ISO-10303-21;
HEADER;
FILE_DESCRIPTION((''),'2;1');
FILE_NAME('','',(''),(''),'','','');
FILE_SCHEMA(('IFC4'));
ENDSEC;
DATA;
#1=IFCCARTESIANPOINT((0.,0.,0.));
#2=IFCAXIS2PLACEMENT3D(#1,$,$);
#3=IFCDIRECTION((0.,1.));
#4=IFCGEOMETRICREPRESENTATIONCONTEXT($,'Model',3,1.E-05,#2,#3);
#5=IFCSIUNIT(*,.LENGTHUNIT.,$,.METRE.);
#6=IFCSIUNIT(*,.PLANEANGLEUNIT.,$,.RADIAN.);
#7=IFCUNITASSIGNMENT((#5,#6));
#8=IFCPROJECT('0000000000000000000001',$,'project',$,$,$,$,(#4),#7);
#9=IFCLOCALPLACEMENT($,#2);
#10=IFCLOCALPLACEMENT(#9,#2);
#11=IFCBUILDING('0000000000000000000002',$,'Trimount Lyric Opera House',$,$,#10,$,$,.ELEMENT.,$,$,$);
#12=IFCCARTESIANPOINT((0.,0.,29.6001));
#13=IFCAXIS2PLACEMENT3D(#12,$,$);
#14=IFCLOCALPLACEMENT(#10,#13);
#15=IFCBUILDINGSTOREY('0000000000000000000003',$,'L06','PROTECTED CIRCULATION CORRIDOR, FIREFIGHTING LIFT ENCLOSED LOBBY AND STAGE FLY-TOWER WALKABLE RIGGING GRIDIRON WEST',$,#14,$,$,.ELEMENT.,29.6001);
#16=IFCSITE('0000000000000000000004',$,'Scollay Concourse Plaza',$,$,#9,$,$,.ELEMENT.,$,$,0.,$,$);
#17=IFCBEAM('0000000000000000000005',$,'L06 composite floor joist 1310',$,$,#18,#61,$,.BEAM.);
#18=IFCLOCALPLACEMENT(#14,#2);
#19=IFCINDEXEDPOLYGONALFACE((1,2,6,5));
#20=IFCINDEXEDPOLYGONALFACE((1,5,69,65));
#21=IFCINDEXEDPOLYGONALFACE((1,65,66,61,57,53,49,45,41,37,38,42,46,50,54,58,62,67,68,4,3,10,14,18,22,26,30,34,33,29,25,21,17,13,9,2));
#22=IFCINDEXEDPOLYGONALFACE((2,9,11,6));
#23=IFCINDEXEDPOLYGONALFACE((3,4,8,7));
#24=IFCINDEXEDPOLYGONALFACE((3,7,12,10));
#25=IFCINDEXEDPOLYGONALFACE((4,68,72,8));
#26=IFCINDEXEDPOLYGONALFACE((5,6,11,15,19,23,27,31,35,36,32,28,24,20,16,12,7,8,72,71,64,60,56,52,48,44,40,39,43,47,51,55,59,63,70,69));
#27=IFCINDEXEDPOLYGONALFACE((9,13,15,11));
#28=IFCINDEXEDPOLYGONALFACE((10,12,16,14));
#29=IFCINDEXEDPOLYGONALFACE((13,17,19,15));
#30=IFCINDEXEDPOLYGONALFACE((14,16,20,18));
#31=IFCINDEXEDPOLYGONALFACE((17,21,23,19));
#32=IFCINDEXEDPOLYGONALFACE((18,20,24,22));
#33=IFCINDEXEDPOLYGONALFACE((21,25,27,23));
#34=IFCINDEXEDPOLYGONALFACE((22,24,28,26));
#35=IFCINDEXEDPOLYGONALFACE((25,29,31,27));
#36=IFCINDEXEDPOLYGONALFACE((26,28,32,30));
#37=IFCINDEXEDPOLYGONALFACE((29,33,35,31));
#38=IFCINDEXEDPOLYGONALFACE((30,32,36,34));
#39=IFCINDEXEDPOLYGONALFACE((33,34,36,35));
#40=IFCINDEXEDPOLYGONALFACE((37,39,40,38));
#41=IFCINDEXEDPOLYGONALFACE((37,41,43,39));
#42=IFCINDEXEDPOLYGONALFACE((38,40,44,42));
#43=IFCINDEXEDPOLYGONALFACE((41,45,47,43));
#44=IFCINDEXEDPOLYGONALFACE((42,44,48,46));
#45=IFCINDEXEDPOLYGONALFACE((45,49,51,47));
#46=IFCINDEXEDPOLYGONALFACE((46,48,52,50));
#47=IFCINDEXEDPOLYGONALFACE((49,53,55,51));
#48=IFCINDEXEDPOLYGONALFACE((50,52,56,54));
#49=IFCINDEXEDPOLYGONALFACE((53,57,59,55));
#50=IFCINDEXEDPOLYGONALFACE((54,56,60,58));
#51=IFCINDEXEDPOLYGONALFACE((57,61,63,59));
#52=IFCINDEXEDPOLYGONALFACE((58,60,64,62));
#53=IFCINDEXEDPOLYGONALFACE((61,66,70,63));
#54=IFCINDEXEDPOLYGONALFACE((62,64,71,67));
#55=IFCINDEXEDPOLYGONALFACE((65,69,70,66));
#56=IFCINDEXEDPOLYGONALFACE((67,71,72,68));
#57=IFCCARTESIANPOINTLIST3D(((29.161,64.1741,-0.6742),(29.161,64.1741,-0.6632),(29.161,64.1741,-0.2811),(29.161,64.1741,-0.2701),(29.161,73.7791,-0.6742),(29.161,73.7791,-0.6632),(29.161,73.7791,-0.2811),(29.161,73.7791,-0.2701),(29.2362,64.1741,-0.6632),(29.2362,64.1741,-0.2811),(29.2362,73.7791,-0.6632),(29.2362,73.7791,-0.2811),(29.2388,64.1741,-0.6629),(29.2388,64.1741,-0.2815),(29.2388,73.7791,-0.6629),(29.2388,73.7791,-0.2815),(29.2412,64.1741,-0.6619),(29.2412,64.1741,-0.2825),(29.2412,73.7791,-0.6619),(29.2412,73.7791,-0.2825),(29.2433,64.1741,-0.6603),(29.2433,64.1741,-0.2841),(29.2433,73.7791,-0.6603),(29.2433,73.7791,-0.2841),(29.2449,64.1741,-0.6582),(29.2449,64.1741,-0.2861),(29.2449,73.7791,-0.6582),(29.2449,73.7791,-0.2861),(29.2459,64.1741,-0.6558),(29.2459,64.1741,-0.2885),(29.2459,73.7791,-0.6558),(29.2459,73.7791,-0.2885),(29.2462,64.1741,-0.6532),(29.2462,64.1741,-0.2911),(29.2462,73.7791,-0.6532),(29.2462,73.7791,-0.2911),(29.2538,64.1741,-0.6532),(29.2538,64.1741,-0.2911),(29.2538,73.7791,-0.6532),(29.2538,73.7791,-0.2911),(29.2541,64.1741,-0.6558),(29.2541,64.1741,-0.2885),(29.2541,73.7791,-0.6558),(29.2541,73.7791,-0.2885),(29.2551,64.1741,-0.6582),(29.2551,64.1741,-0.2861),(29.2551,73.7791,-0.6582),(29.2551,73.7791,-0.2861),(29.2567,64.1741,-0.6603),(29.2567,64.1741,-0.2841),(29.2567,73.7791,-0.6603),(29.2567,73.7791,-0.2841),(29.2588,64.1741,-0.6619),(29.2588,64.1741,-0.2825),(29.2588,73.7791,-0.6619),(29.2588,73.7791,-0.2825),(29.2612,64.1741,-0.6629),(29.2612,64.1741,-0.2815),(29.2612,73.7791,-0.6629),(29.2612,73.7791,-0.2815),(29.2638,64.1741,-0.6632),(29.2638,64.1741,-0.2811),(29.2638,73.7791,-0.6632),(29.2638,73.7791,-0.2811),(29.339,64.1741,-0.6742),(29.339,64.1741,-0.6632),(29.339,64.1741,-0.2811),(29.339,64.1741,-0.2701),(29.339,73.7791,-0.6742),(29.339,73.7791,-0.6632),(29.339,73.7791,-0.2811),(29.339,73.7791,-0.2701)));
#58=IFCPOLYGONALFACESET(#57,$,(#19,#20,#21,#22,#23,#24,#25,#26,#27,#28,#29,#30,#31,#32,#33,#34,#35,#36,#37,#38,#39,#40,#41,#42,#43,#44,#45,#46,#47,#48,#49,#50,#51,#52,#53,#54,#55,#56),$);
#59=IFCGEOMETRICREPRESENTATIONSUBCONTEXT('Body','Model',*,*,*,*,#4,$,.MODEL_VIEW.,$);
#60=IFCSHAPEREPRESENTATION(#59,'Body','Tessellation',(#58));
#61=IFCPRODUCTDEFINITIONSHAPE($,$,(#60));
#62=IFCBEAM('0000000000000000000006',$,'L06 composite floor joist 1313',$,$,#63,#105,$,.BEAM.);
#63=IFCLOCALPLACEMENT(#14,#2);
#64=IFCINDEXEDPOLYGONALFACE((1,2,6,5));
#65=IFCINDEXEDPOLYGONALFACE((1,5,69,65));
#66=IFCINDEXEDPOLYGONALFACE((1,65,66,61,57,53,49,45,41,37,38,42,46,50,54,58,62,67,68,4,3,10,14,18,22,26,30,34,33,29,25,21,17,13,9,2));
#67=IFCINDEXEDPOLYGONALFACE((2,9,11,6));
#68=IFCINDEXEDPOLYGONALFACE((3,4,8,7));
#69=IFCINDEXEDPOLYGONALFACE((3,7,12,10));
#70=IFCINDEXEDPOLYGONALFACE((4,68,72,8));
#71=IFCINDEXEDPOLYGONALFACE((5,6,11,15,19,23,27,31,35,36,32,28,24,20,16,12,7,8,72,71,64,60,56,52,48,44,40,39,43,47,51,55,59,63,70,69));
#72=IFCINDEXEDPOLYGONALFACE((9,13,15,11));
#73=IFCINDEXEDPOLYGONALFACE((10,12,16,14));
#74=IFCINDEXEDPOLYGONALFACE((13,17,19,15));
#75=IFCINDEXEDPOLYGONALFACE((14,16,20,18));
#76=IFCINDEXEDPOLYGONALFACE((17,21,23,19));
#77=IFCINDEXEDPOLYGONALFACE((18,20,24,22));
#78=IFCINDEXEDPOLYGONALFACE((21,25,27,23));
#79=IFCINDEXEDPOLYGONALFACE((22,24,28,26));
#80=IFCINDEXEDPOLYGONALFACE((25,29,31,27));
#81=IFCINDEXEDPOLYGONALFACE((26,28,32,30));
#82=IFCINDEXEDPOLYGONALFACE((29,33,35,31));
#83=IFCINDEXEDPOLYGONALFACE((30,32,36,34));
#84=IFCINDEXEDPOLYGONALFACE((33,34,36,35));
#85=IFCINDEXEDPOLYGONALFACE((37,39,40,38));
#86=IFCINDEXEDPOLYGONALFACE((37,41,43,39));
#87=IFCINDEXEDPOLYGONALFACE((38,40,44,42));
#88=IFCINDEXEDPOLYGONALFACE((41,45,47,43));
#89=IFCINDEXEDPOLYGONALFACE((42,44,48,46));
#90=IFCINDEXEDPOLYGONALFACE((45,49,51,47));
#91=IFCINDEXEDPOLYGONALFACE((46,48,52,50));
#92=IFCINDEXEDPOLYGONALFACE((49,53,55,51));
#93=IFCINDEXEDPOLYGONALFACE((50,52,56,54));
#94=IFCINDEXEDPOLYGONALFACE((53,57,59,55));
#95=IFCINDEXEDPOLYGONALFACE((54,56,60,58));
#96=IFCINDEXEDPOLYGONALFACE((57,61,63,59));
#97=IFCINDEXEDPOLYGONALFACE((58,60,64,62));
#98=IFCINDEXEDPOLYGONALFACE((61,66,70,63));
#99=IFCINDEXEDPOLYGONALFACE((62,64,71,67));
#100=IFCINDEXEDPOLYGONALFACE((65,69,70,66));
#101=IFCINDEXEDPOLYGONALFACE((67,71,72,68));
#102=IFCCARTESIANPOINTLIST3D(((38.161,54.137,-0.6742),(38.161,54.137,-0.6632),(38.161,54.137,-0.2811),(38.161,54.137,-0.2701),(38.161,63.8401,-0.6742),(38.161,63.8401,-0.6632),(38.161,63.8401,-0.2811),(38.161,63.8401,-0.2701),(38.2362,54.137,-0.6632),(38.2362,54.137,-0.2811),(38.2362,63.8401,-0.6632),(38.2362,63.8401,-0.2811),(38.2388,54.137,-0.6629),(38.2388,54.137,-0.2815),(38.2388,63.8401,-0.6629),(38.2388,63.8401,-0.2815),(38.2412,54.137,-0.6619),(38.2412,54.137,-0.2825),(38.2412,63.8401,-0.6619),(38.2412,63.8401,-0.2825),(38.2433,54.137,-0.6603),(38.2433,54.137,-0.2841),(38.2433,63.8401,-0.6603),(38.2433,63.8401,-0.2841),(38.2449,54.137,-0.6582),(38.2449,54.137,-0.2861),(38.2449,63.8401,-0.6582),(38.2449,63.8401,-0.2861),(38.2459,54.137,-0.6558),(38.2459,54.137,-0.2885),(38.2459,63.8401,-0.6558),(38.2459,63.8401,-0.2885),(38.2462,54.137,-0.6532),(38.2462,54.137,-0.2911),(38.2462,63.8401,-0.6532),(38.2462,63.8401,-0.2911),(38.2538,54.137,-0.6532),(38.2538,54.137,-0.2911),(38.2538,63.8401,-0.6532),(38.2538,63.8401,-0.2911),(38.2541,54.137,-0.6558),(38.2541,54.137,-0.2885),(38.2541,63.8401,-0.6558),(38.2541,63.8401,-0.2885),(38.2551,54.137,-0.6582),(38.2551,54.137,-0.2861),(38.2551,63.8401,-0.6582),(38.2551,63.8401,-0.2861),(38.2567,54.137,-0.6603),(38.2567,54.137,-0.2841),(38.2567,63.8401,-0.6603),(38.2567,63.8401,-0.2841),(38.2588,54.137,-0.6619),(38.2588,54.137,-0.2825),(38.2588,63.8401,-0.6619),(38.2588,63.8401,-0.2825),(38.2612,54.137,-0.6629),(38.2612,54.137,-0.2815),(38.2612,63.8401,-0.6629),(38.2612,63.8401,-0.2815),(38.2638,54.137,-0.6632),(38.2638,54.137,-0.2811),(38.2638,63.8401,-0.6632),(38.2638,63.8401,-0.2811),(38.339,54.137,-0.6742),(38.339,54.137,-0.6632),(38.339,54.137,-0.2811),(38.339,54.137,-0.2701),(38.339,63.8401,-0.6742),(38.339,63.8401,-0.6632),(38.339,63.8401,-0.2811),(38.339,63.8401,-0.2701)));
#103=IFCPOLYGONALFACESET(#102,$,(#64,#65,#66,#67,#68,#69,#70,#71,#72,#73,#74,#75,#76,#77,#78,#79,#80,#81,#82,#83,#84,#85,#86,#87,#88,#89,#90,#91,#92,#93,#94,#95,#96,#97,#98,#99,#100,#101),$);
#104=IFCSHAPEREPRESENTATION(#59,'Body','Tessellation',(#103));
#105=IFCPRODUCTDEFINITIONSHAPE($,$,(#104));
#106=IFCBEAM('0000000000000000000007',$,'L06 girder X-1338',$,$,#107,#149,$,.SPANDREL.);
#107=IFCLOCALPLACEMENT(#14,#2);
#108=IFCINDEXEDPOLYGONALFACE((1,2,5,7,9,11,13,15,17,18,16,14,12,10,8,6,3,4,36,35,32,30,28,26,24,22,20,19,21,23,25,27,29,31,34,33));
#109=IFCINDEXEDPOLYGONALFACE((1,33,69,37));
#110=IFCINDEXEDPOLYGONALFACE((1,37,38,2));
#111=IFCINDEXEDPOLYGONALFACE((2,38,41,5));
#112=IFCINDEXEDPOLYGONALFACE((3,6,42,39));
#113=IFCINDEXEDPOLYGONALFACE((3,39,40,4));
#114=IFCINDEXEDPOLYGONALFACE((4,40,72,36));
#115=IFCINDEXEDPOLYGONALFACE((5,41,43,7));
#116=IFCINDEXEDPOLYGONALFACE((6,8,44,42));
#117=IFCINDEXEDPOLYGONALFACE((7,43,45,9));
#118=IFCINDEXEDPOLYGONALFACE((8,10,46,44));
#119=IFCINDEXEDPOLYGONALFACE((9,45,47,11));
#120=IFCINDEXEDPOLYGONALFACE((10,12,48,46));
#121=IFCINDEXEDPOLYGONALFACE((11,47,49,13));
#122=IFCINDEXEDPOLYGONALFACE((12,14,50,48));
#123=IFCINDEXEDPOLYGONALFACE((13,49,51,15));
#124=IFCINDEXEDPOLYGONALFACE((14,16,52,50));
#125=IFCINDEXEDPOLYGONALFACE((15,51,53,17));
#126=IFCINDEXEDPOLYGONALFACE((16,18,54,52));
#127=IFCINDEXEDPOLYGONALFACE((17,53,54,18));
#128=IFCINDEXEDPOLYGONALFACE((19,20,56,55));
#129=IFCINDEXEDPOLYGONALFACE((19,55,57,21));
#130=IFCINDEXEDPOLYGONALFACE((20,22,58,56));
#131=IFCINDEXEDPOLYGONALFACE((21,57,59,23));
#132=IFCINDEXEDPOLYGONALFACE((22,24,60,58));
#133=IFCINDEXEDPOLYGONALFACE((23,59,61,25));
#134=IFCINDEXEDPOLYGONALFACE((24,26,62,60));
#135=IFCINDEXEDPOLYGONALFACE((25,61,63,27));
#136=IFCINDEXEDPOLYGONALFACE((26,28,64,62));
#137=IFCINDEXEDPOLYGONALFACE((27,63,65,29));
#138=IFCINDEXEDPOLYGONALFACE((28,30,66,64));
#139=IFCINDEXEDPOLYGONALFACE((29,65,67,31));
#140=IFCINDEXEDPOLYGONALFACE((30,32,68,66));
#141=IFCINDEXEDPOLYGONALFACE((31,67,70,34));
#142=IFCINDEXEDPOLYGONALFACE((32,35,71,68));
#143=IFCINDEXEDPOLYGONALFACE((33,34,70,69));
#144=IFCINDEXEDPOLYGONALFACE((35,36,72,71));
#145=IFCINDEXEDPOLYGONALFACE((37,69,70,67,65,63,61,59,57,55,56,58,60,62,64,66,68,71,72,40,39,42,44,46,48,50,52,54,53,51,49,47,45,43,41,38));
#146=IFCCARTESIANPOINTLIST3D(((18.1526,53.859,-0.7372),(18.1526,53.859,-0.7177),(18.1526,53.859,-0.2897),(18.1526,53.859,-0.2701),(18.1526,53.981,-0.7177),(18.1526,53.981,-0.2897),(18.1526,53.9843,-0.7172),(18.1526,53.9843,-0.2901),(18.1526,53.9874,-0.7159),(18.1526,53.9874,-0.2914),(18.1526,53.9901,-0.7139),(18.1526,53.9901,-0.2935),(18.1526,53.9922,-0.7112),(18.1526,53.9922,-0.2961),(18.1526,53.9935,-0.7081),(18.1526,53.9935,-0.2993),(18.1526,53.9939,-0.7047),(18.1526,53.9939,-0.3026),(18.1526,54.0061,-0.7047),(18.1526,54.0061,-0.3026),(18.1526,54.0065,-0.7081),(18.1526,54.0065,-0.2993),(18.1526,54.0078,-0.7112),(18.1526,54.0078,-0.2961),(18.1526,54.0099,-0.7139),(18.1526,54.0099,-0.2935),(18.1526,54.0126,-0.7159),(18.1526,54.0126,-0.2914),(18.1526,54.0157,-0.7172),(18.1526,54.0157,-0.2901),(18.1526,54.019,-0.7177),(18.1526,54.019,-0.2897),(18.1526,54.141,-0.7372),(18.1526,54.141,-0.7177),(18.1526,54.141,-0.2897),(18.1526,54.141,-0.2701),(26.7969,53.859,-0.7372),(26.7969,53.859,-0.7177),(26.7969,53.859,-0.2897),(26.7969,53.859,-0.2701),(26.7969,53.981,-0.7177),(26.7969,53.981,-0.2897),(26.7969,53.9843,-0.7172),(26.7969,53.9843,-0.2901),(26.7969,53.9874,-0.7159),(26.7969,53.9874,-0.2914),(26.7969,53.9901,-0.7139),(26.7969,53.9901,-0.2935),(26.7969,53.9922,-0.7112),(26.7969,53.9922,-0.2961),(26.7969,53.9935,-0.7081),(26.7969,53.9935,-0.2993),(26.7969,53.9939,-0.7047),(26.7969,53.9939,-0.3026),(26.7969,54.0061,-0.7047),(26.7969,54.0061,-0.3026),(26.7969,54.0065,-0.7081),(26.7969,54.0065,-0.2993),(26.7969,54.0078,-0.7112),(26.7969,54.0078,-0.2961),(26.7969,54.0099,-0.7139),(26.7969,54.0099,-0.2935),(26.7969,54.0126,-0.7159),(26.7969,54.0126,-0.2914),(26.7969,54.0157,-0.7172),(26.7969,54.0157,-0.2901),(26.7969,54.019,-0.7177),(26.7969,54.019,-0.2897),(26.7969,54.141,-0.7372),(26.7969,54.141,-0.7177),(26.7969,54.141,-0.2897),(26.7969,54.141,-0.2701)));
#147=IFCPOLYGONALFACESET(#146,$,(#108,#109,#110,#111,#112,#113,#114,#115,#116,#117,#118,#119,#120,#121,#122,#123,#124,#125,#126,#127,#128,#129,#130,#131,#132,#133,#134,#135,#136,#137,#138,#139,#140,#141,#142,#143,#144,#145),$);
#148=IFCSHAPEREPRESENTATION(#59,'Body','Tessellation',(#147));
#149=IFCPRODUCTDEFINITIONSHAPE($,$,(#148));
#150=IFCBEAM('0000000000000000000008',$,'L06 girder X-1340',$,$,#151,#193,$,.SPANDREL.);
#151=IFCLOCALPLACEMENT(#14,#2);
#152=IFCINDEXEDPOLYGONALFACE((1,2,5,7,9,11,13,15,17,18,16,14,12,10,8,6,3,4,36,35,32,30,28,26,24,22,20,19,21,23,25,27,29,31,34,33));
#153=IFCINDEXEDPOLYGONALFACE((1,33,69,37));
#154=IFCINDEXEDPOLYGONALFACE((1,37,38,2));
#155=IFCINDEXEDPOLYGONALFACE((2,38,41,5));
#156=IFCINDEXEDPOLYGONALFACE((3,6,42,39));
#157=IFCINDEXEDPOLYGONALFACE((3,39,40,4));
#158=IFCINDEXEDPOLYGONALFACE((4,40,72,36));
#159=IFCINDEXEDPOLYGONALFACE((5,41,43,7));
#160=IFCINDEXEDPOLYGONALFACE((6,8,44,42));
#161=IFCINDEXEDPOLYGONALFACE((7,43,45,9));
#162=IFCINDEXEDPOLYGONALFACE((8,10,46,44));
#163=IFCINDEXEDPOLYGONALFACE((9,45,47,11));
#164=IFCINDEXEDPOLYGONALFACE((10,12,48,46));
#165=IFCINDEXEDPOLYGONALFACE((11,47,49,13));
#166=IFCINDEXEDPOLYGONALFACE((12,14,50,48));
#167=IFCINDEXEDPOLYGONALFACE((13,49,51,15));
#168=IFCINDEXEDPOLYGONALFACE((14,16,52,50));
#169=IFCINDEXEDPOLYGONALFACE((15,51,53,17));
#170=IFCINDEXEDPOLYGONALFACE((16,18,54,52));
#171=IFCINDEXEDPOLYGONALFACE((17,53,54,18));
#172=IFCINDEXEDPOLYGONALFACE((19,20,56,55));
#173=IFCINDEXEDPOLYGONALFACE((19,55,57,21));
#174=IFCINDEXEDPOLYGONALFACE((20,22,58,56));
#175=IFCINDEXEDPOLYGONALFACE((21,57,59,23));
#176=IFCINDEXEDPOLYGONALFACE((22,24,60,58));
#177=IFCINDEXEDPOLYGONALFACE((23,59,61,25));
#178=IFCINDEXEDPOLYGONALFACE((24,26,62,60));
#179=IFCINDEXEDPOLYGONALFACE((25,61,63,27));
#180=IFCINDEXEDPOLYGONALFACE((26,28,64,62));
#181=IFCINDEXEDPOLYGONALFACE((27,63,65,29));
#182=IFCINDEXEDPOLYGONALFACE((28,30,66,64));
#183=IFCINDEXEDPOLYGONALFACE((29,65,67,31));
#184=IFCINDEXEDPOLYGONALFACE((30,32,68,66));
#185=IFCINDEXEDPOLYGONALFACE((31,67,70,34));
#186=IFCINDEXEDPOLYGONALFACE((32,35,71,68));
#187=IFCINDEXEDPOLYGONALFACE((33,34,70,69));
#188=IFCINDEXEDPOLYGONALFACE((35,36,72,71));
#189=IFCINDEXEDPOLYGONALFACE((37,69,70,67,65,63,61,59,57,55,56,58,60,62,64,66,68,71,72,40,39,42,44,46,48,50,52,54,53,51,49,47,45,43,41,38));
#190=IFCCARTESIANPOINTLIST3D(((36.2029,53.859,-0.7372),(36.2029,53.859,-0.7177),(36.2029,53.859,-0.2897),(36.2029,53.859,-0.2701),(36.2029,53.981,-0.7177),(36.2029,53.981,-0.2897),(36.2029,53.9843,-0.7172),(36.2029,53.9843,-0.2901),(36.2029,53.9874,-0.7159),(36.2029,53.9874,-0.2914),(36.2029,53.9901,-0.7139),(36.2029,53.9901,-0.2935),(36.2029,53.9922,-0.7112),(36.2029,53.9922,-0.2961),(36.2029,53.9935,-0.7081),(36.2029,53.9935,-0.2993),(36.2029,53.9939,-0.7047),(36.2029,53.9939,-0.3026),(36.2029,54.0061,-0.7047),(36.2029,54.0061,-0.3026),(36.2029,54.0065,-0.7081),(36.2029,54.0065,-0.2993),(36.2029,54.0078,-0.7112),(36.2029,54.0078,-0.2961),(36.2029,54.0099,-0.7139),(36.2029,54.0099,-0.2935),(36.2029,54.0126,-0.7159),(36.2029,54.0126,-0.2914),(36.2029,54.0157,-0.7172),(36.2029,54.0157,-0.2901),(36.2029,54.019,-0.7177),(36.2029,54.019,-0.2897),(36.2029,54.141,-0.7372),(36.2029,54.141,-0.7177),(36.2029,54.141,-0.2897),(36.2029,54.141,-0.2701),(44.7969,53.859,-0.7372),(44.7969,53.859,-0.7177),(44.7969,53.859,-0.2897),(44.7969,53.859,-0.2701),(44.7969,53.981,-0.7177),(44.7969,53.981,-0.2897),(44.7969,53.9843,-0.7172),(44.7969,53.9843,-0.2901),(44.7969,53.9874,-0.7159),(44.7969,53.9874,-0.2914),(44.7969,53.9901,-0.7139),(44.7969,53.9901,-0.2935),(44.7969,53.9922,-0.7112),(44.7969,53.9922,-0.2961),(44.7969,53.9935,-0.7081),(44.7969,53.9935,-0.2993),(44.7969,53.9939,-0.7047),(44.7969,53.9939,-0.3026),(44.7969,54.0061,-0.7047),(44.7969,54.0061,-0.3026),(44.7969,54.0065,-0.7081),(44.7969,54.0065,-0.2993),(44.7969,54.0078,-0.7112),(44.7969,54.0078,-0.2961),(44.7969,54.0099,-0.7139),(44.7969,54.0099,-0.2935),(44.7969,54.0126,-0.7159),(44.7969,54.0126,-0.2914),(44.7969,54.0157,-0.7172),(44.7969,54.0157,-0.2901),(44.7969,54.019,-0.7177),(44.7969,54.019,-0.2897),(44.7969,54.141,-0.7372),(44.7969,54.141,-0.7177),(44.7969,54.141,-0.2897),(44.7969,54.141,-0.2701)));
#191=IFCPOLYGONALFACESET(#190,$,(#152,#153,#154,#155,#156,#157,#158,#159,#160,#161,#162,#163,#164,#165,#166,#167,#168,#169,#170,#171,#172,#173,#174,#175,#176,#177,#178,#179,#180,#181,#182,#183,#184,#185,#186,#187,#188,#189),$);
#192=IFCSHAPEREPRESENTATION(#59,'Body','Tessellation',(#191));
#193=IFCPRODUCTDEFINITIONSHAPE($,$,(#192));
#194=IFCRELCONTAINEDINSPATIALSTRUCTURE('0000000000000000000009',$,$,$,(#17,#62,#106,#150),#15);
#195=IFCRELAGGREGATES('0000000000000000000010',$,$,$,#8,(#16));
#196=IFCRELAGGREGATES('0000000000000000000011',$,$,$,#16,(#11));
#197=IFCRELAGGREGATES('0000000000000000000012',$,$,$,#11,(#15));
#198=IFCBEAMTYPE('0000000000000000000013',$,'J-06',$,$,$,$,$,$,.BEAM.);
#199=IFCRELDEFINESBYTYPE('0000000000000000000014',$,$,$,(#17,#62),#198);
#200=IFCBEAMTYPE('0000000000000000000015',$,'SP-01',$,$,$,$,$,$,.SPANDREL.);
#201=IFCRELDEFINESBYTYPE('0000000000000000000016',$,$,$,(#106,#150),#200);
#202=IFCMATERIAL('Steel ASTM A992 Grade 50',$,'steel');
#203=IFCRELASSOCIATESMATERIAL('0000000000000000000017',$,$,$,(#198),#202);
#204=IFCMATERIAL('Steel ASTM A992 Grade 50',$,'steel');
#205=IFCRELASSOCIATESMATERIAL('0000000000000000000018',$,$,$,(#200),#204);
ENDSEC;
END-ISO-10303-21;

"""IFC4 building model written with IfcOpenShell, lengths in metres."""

from ifc_helpers import new_model, si_unit, direction, frame, origin, origin_2d, place, context, subcontext, project, spatial, i_section, extrude, material, material_profile, profile_set, type_object, element, save


model = new_model("IFC4")

# Units and contexts
model_context = context("Model", 3, precision=1e-05, world=origin(), true_north=direction((0.0, 1.0)))
body_context = subcontext(model_context, "Body", "Model", "MODEL_VIEW")
ifc_project = project(units=[si_unit("LENGTHUNIT", "METRE"), si_unit("PLANEANGLEUNIT", "RADIAN")], contexts=[model_context])

# Site, building, storey
site_placement = place(None, origin())
site = spatial("IfcSite", under=ifc_project, at=site_placement, Name="Scollay Concourse Plaza", CompositionType="ELEMENT", RefElevation=0.0)
building_placement = place(site_placement, origin())
building = spatial("IfcBuilding", under=site, at=building_placement, Name="Trimount Lyric Opera House", CompositionType="ELEMENT")
storey_placement = place(building_placement, frame((0.0, 0.0, 29.6001)))
storey = spatial("IfcBuildingStorey", under=building, at=storey_placement, Name="L06", Description="PROTECTED CIRCULATION CORRIDOR, FIREFIGHTING LIFT ENCLOSED LOBBY AND STAGE FLY-TOWER WALKABLE RIGGING GRIDIRON WEST", CompositionType="ELEMENT", Elevation=29.6001)

# Beams
ifc_material_1 = material(Name="Steel ASTM A992 Grade 50", Category="steel")
ifc_material_profile_1 = material_profile(ifc_material_1, i_section(OverallWidth=0.178, OverallDepth=0.4041, WebThickness=0.0076, FlangeThickness=0.011, FilletRadius=0.01, at=origin_2d()), Name="W16X36")
ifc_profile_set_1 = profile_set([ifc_material_profile_1], Name="Steel ASTM A992 Grade 50")
beam_type_1 = type_object("IfcBeamType", Name="J-06", PredefinedType="BEAM", material=ifc_profile_set_1)
for number, where, z_axis, x_axis, name in (
    (1, (29.25, 64.1741, -0.4722), (0.0, 1.0, 0.0), (-1.0, 0.0, 0.0), "L06 composite floor joist 1310"),
):
    element("IfcBeam", number, at=place(storey_placement, frame(where, z_axis=z_axis, x_axis=x_axis)), inside=storey, type_object=beam_type_1, Name=name, PredefinedType="BEAM", context=body_context, shape_type="SweptSolid", body=[
        extrude(i_section(OverallWidth=0.178, OverallDepth=0.4041, WebThickness=0.0076, FlangeThickness=0.011, FilletRadius=0.01, at=origin_2d()), origin(), (0.0, 0.0, 1.0), 9.605),
    ])
beam_1_placement = place(storey_placement, frame((38.25, 54.137, -0.4722), z_axis=(0.0, 1.0, 0.0), x_axis=(-1.0, 0.0, 0.0)))
element("IfcBeam", 2, at=beam_1_placement, inside=storey, type_object=beam_type_1, Name="L06 composite floor joist 1313", PredefinedType="BEAM", context=body_context, shape_type="SweptSolid", body=[
    extrude(i_section(OverallWidth=0.178, OverallDepth=0.4041, WebThickness=0.0076, FlangeThickness=0.011, FilletRadius=0.01, at=origin_2d()), origin(), (0.0, 0.0, 1.0), 9.7031),
])
ifc_material_2 = material(Name="Steel ASTM A992 Grade 50", Category="steel")
ifc_material_profile_2 = material_profile(ifc_material_2, i_section(OverallWidth=0.282, OverallDepth=0.467, WebThickness=0.0122, FlangeThickness=0.0195, FilletRadius=0.0129, at=origin_2d()), Name="W18X86")
ifc_profile_set_2 = profile_set([ifc_material_profile_2], Name="Steel ASTM A992 Grade 50")
beam_type_2 = type_object("IfcBeamType", Name="SP-01", PredefinedType="SPANDREL", material=ifc_profile_set_2)
beam_2_placement = place(storey_placement, frame((18.1526, 54.0, -0.5037), z_axis=(1.0, 0.0, 0.0), x_axis=(0.0, 1.0, 0.0)))
element("IfcBeam", 3, at=beam_2_placement, inside=storey, type_object=beam_type_2, Name="L06 girder X-1338", PredefinedType="SPANDREL", context=body_context, shape_type="SweptSolid", body=[
    extrude(i_section(OverallWidth=0.282, OverallDepth=0.467, WebThickness=0.0122, FlangeThickness=0.0195, FilletRadius=0.0129, at=origin_2d()), origin(), (0.0, 0.0, 1.0), 8.6443),
])
beam_3_placement = place(storey_placement, frame((36.2029, 54.0, -0.5037), z_axis=(1.0, 0.0, 0.0), x_axis=(0.0, 1.0, 0.0)))
element("IfcBeam", 4, at=beam_3_placement, inside=storey, type_object=beam_type_2, Name="L06 girder X-1340", PredefinedType="SPANDREL", context=body_context, shape_type="SweptSolid", body=[
    extrude(i_section(OverallWidth=0.282, OverallDepth=0.467, WebThickness=0.0122, FlangeThickness=0.0195, FilletRadius=0.0129, at=origin_2d()), origin(), (0.0, 0.0, 1.0), 8.594),
])

save(model, "model.ifc")
